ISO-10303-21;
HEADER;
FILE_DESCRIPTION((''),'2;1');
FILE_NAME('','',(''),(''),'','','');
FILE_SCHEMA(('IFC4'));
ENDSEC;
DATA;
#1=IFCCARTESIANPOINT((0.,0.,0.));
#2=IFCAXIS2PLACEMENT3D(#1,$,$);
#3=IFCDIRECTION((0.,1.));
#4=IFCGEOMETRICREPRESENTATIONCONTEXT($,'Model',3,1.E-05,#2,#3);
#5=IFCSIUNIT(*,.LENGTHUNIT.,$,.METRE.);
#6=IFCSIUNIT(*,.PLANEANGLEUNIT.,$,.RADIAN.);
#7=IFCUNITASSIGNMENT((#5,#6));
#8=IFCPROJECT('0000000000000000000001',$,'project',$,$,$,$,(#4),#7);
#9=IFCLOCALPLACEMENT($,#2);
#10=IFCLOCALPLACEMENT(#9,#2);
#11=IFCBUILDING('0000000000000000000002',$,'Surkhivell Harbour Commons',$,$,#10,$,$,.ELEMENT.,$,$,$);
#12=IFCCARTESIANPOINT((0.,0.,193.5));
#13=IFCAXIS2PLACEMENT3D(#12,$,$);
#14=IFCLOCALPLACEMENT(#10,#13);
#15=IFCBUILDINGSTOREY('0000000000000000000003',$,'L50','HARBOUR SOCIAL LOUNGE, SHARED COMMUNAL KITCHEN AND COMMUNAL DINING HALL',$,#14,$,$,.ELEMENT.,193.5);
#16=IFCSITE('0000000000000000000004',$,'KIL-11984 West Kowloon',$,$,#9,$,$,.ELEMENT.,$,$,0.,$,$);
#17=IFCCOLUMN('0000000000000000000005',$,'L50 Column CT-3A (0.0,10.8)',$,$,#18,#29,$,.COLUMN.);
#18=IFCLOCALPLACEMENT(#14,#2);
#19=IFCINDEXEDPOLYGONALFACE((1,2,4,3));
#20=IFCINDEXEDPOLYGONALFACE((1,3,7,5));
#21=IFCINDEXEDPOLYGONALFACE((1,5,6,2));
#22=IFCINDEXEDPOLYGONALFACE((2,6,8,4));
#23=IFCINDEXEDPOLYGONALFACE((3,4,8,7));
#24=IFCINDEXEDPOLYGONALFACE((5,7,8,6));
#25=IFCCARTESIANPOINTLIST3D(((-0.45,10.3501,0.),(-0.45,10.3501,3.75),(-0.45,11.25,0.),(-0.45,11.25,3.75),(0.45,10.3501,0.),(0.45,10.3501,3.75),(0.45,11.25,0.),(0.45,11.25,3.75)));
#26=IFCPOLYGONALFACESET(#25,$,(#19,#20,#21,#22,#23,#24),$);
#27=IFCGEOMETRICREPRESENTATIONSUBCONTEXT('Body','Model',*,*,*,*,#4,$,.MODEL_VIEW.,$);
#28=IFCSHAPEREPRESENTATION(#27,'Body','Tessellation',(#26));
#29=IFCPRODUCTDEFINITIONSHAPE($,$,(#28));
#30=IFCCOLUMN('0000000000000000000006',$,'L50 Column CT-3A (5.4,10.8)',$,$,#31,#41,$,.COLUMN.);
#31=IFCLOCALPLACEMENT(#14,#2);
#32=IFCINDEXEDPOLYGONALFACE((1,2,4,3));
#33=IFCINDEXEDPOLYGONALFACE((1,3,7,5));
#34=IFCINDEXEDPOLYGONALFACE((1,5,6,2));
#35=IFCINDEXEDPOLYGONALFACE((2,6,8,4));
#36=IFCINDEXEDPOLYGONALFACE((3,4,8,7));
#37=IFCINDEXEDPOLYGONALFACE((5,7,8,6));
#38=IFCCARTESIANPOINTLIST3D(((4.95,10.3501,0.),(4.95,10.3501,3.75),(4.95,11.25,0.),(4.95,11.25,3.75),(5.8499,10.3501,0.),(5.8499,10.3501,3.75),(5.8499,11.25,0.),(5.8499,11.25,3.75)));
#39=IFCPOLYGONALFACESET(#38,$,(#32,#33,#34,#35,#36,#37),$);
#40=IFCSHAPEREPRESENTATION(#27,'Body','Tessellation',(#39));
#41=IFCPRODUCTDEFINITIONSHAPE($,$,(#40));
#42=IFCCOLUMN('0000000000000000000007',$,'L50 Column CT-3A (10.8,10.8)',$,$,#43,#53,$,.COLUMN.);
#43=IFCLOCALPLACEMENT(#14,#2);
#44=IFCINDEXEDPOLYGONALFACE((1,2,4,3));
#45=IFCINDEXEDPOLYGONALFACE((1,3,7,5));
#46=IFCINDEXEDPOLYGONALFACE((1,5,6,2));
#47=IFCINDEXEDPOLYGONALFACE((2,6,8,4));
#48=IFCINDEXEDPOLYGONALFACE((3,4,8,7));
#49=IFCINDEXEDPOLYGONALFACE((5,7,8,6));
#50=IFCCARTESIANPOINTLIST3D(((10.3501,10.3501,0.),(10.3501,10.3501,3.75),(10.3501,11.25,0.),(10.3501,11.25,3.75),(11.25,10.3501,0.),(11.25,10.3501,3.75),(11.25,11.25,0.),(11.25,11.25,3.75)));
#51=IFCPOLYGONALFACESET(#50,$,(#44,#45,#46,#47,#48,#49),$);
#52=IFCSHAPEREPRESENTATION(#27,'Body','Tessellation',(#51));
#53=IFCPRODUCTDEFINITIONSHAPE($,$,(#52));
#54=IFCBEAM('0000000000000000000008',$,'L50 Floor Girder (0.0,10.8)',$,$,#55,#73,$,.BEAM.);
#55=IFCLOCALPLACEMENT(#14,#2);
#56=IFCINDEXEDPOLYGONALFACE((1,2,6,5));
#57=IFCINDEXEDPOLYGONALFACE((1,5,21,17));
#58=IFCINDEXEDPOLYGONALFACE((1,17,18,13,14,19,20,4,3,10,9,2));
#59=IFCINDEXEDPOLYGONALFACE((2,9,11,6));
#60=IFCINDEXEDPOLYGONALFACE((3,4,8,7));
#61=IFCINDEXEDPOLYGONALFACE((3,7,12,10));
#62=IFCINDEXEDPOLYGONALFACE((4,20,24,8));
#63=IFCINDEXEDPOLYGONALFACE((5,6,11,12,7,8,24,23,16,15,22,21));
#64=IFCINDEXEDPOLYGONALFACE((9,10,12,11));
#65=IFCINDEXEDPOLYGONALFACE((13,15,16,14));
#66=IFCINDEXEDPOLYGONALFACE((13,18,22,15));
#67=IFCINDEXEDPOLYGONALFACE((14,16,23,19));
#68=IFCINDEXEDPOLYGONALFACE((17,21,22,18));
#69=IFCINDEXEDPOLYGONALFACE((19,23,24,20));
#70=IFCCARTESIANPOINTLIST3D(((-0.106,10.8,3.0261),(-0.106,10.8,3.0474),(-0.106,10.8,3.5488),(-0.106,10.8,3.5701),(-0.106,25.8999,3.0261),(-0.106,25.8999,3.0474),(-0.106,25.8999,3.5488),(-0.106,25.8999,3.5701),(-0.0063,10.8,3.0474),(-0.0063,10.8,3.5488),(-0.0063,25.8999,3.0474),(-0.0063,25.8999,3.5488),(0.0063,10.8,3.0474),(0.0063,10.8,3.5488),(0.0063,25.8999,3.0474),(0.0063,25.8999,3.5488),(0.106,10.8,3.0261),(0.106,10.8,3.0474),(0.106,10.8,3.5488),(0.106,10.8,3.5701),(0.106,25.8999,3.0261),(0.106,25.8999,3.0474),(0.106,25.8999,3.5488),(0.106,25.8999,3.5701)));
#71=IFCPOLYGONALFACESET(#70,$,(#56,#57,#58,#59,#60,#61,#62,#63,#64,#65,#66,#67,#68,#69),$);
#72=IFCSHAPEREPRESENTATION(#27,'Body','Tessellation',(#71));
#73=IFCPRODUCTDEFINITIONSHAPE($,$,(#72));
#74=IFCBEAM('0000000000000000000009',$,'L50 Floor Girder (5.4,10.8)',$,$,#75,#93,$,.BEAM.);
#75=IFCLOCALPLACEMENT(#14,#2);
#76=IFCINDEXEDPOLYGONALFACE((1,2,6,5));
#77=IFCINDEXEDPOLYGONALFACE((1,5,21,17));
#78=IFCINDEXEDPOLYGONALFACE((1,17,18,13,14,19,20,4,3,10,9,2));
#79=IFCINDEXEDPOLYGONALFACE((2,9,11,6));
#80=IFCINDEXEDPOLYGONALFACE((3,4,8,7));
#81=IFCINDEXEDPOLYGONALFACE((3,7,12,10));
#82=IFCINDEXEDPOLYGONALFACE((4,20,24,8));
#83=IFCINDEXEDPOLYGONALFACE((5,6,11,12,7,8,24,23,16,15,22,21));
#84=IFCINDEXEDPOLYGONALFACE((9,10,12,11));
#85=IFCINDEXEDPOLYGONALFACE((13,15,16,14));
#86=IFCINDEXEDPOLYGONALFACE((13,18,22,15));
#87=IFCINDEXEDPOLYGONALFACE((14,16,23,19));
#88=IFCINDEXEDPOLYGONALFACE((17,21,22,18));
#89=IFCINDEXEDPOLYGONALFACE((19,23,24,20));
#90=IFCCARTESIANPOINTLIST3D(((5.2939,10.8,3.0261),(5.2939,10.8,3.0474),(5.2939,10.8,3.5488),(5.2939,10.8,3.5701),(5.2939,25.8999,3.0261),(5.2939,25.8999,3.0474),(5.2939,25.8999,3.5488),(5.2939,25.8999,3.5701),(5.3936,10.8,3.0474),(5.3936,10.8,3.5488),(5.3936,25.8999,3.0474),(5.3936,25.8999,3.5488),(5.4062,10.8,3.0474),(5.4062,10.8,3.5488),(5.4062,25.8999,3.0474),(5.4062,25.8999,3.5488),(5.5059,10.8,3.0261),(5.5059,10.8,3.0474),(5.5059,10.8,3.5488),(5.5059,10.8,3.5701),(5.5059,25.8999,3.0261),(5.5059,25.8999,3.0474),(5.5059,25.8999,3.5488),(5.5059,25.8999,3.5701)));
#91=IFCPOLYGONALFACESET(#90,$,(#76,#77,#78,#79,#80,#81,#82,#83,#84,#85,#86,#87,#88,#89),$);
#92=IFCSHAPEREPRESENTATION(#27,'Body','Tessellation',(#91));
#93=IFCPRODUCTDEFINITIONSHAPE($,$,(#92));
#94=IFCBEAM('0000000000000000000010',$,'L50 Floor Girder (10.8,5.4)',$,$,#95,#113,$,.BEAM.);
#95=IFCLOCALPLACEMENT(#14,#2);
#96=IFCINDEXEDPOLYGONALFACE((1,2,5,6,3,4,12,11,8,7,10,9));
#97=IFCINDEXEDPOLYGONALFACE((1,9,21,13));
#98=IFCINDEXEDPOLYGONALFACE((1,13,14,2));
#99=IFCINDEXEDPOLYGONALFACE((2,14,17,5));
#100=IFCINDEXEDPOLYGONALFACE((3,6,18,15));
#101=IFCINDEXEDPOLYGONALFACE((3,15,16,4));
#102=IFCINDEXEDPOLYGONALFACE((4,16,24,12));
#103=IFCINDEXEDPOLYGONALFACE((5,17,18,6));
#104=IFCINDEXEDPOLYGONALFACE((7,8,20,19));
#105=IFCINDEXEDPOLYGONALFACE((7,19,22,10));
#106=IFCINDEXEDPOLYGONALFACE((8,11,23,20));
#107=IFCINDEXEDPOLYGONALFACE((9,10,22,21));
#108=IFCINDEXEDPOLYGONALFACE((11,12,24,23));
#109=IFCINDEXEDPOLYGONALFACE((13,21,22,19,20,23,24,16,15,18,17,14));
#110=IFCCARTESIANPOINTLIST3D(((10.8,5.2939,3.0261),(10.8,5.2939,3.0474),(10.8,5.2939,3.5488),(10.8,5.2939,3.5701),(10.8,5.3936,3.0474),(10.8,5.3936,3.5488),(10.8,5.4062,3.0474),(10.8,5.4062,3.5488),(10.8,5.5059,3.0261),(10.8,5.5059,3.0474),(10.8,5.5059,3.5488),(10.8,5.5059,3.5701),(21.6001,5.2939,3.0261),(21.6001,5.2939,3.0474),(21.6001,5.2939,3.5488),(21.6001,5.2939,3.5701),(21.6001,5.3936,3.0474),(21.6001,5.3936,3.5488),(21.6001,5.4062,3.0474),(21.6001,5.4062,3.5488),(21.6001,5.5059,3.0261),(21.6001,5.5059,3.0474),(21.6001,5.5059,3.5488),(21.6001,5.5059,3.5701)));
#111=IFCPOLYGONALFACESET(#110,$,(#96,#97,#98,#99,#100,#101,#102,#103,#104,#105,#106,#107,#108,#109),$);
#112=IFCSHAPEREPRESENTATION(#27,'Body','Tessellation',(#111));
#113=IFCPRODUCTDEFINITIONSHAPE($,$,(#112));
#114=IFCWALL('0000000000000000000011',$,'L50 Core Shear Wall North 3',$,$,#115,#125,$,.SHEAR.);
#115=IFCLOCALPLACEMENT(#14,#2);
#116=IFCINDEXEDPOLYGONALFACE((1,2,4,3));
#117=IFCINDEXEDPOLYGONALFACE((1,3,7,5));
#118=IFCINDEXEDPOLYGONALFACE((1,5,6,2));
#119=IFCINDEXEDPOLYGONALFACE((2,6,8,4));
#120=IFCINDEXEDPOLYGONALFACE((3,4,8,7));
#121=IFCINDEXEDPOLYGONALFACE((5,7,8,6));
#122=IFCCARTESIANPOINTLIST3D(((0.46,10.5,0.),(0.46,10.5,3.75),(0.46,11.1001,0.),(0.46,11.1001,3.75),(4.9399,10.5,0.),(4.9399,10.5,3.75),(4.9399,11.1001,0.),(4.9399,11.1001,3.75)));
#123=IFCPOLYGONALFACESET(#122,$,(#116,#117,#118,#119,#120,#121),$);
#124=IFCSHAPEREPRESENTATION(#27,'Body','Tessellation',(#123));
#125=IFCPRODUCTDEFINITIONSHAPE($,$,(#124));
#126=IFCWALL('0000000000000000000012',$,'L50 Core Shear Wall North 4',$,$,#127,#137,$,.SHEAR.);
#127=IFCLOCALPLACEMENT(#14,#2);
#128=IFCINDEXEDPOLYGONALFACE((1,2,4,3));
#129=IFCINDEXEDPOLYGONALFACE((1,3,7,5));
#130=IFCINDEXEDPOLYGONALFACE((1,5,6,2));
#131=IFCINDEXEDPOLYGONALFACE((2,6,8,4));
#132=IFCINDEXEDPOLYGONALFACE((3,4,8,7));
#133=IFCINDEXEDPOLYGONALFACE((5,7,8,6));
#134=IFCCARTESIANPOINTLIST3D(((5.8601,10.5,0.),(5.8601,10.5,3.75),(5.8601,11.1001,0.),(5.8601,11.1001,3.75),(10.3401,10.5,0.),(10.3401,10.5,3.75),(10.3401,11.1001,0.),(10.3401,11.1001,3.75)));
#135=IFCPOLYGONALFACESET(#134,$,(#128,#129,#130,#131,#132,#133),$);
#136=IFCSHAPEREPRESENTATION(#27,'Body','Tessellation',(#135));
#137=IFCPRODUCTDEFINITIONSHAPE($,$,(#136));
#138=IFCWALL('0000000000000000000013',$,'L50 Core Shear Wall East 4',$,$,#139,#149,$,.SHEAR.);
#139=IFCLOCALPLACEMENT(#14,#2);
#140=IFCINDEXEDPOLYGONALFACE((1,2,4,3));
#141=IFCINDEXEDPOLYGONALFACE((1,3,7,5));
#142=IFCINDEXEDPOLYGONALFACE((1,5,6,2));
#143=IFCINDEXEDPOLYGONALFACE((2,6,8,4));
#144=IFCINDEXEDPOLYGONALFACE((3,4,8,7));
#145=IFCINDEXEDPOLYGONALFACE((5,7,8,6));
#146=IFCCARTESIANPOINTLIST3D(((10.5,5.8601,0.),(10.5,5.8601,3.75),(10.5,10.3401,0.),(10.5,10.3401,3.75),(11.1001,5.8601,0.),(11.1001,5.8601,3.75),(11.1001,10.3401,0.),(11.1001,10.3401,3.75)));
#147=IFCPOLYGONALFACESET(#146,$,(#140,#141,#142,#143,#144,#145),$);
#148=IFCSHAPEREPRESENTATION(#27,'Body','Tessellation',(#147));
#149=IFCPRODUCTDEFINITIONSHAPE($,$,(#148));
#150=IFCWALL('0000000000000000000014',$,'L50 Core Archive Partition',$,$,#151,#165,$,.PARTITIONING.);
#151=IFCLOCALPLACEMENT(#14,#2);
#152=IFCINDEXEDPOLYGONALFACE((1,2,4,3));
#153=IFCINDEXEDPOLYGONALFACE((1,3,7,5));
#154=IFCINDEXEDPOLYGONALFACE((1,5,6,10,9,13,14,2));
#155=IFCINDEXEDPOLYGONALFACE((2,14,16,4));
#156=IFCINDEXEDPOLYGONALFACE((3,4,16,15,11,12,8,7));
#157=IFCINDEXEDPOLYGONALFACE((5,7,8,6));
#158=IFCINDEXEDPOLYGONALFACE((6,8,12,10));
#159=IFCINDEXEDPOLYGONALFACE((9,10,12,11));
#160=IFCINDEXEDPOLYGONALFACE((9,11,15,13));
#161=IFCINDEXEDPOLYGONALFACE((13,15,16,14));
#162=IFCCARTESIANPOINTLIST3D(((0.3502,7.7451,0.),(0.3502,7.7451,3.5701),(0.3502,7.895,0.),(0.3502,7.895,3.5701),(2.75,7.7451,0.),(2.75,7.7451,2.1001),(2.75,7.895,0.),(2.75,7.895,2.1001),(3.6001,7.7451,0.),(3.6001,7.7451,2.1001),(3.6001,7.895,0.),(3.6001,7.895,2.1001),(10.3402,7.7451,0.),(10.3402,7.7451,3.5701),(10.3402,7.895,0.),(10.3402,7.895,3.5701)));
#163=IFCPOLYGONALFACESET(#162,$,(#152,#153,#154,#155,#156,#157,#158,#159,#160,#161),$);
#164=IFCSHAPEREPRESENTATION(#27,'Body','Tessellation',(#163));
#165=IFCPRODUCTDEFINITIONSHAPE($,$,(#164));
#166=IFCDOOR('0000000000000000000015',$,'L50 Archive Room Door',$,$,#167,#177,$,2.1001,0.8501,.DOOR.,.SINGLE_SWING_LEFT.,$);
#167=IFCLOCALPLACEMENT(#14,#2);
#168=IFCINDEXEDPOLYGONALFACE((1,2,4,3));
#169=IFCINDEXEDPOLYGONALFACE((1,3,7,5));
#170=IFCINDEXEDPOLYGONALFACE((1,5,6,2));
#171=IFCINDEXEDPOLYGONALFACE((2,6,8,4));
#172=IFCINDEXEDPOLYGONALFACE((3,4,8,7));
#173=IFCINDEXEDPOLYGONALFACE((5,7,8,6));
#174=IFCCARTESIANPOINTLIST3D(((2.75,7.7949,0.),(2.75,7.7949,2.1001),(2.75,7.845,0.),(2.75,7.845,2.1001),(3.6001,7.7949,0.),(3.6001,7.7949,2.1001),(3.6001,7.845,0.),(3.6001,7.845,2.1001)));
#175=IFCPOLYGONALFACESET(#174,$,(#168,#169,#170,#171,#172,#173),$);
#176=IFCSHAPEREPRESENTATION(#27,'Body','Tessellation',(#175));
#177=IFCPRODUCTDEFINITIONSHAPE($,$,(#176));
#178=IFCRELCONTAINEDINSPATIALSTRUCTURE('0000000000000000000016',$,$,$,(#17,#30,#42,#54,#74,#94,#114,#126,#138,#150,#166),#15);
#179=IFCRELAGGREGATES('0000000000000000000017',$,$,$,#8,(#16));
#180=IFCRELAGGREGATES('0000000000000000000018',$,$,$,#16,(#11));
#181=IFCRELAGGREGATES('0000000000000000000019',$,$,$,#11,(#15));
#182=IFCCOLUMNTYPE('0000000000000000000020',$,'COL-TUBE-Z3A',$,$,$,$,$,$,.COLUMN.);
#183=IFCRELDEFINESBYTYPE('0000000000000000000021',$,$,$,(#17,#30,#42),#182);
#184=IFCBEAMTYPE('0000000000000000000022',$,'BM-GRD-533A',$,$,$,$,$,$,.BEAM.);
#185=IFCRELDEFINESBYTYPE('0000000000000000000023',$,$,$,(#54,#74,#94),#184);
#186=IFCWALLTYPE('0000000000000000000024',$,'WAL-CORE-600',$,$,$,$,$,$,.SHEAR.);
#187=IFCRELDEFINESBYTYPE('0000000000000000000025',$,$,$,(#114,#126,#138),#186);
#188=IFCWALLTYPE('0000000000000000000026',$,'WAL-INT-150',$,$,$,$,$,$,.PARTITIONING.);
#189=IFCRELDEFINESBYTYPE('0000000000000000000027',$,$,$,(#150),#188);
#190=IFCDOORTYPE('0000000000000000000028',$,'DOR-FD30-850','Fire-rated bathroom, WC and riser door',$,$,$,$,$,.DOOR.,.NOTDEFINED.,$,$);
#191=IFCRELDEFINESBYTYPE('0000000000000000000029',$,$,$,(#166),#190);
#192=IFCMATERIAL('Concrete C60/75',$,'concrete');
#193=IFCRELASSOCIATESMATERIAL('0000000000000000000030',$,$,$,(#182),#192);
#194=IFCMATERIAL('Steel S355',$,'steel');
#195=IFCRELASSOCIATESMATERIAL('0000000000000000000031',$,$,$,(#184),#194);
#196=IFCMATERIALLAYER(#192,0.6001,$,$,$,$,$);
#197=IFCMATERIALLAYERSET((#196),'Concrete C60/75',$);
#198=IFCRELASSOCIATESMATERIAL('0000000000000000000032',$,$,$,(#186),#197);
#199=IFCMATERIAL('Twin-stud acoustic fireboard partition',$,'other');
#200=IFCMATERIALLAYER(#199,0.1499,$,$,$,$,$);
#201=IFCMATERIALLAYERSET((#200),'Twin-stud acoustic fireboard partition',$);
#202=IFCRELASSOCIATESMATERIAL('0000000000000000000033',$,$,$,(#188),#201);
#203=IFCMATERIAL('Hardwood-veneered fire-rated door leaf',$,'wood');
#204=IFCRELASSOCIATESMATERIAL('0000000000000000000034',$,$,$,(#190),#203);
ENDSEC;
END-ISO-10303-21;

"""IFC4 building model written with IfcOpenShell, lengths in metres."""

from ifc_helpers import new_model, si_unit, direction, frame, frame_2d, origin, origin_2d, place, context, subcontext, project, spatial, rectangle, i_section, extrude, material, layer, layer_set, material_profile, profile_set, type_object, element, fill, save


model = new_model("IFC4")

# Units and contexts
model_context = context("Model", 3, precision=1e-05, world=origin(), true_north=direction((0.0, 1.0)))
body_context = subcontext(model_context, "Body", "Model", "MODEL_VIEW")
ifc_project = project(units=[si_unit("LENGTHUNIT", "METRE"), si_unit("PLANEANGLEUNIT", "RADIAN")], contexts=[model_context])

# Site, building, storey
site_placement = place(None, origin())
site = spatial("IfcSite", under=ifc_project, at=site_placement, Name="KIL-11984 West Kowloon", CompositionType="ELEMENT", RefElevation=0.0)
building_placement = place(site_placement, origin())
building = spatial("IfcBuilding", under=site, at=building_placement, Name="Surkhivell Harbour Commons", CompositionType="ELEMENT")
storey_placement = place(building_placement, frame((0.0, 0.0, 193.5)))
storey = spatial("IfcBuildingStorey", under=building, at=storey_placement, Name="L50", Description="HARBOUR SOCIAL LOUNGE, SHARED COMMUNAL KITCHEN AND COMMUNAL DINING HALL", CompositionType="ELEMENT", Elevation=193.5)

# Columns
ifc_material_1 = material(Name="Concrete C60/75", Category="concrete")
ifc_material_profile_1 = material_profile(ifc_material_1, rectangle(XDim=0.8999, YDim=0.8999, at=origin_2d()), Name="RC-COL-900x900")
ifc_profile_set_1 = profile_set([ifc_material_profile_1], Name="Concrete C60/75")
column_type = type_object("IfcColumnType", Name="COL-TUBE-Z3A", PredefinedType="COLUMN", material=ifc_profile_set_1)
for number, where, z_axis, x_axis, name in (
    (1, (0.0, 10.8, 0.0), (0.0, 0.0, 1.0), (1.0, 0.0, 0.0), "L50 Column CT-3A (0.0,10.8)"),
    (2, (5.3999, 10.8, 0.0), (0.0, 0.0, 1.0), (1.0, 0.0, 0.0), "L50 Column CT-3A (5.4,10.8)"),
    (3, (10.8, 10.8, 0.0), (0.0, 0.0, 1.0), (1.0, 0.0, 0.0), "L50 Column CT-3A (10.8,10.8)"),
):
    element("IfcColumn", number, at=place(storey_placement, frame(where, z_axis=z_axis, x_axis=x_axis)), inside=storey, type_object=column_type, Name=name, PredefinedType="COLUMN", context=body_context, shape_type="SweptSolid", body=[
        extrude(rectangle(XDim=0.8999, YDim=0.8999, at=origin_2d()), origin(), (0.0, 0.0, 1.0), 3.75),
    ])

# Beams
ifc_material_2 = material(Name="Steel S355", Category="steel")
ifc_material_profile_2 = material_profile(ifc_material_2, i_section(OverallWidth=0.2119, OverallDepth=0.5439, WebThickness=0.0127, FlangeThickness=0.0212, at=origin_2d()), Name="UB533x210x122")
ifc_profile_set_2 = profile_set([ifc_material_profile_2], Name="Steel S355")
beam_type = type_object("IfcBeamType", Name="BM-GRD-533A", PredefinedType="BEAM", material=ifc_profile_set_2)
for number, where, z_axis, x_axis, name in (
    (4, (0.0, 10.8, 3.2981), (0.0, 1.0, 0.0), (-1.0, 0.0, 0.0), "L50 Floor Girder (0.0,10.8)"),
    (5, (5.3999, 10.8, 3.2981), (0.0, 1.0, 0.0), (-1.0, 0.0, 0.0), "L50 Floor Girder (5.4,10.8)"),
):
    element("IfcBeam", number, at=place(storey_placement, frame(where, z_axis=z_axis, x_axis=x_axis)), inside=storey, type_object=beam_type, Name=name, PredefinedType="BEAM", context=body_context, shape_type="SweptSolid", body=[
        extrude(i_section(OverallWidth=0.2119, OverallDepth=0.5439, WebThickness=0.0127, FlangeThickness=0.0212, at=origin_2d()), origin(), (0.0, 0.0, 1.0), 15.0999),
    ])
beam_placement = place(storey_placement, frame((10.8, 5.3999, 3.2981), z_axis=(1.0, 0.0, 0.0), x_axis=(0.0, 1.0, 0.0)))
element("IfcBeam", 6, at=beam_placement, inside=storey, type_object=beam_type, Name="L50 Floor Girder (10.8,5.4)", PredefinedType="BEAM", context=body_context, shape_type="SweptSolid", body=[
    extrude(i_section(OverallWidth=0.2119, OverallDepth=0.5439, WebThickness=0.0127, FlangeThickness=0.0212, at=origin_2d()), origin(), (0.0, 0.0, 1.0), 10.8),
])

# Walls
ifc_layer_1 = layer(ifc_material_1, 0.6001)
ifc_layer_set_1 = layer_set([ifc_layer_1], Name="Concrete C60/75")
wall_type_1 = type_object("IfcWallType", Name="WAL-CORE-600", PredefinedType="SHEAR", material=ifc_layer_set_1)
for number, where, z_axis, x_axis, name in (
    (7, (0.46, 10.8, 0.0), (0.0, 0.0, 1.0), (1.0, 0.0, 0.0), "L50 Core Shear Wall North 3"),
    (8, (5.8601, 10.8, 0.0), (0.0, 0.0, 1.0), (1.0, 0.0, 0.0), "L50 Core Shear Wall North 4"),
    (9, (10.8, 5.8601, 0.0), (0.0, 0.0, 1.0), (0.0, 1.0, 0.0), "L50 Core Shear Wall East 4"),
):
    element("IfcWall", number, at=place(storey_placement, frame(where, z_axis=z_axis, x_axis=x_axis)), inside=storey, type_object=wall_type_1, Name=name, PredefinedType="SHEAR", context=body_context, shape_type="SweptSolid", body=[
        extrude(rectangle(XDim=4.48, YDim=0.6001, at=frame_2d((2.24, 0.0))), origin(), (0.0, 0.0, 1.0), 3.75),
    ])

# Wall, opening, door
ifc_material_3 = material(Name="Twin-stud acoustic fireboard partition", Category="other")
ifc_layer_2 = layer(ifc_material_3, 0.1499)
ifc_layer_set_2 = layer_set([ifc_layer_2], Name="Twin-stud acoustic fireboard partition")
wall_type_2 = type_object("IfcWallType", Name="WAL-INT-150", PredefinedType="PARTITIONING", material=ifc_layer_set_2)
wall_1_placement = place(storey_placement, frame((0.3501, 7.8201, 0.0), z_axis=(0.0, 0.0, 1.0), x_axis=(1.0, 0.0, 0.0)))
wall_1 = element("IfcWall", 10, at=wall_1_placement, inside=storey, type_object=wall_type_2, Name="L50 Core Archive Partition", PredefinedType="PARTITIONING", context=body_context, shape_type="SweptSolid", body=[
    extrude(rectangle(XDim=9.99, YDim=0.1499, at=frame_2d((4.9951, 0.0))), origin(), (0.0, 0.0, 1.0), 3.5701),
])
opening_1_placement = place(wall_1_placement, frame((2.3999, 0.0, 0.0)))
opening_1 = element("IfcOpeningElement", 11, at=opening_1_placement, cuts=wall_1, PredefinedType="OPENING", context=body_context, shape_type="SweptSolid", body=[
    extrude(rectangle(XDim=0.8501, YDim=2.1001, at=frame_2d((0.425, 1.05))), frame((0.0, 0.085, 0.0), z_axis=(0.0, -1.0, 0.0), x_axis=(1.0, 0.0, 0.0)), (0.0, 0.0, 1.0), 0.1699),
])
ifc_material_4 = material(Name="Hardwood-veneered fire-rated door leaf", Category="wood")
door_type = type_object("IfcDoorType", Name="DOR-FD30-850", Description="Fire-rated bathroom, WC and riser door", OperationType="NOTDEFINED", PredefinedType="DOOR", material=ifc_material_4)
door_1_placement = place(opening_1_placement, origin())
door_1 = element("IfcDoor", 12, at=door_1_placement, inside=storey, type_object=door_type, Name="L50 Archive Room Door", OperationType="SINGLE_SWING_LEFT", OverallHeight=2.1001, OverallWidth=0.8501, PredefinedType="DOOR", context=body_context, shape_type="SweptSolid", body=[
    extrude(rectangle(XDim=0.8501, YDim=2.1001, at=frame_2d((0.425, 1.05))), frame((0.0, 0.0249, 0.0), z_axis=(0.0, -1.0, 0.0), x_axis=(1.0, 0.0, 0.0)), (0.0, 0.0, 1.0), 0.05),
])
fill(opening_1, door_1)

save(model, "model.ifc")
